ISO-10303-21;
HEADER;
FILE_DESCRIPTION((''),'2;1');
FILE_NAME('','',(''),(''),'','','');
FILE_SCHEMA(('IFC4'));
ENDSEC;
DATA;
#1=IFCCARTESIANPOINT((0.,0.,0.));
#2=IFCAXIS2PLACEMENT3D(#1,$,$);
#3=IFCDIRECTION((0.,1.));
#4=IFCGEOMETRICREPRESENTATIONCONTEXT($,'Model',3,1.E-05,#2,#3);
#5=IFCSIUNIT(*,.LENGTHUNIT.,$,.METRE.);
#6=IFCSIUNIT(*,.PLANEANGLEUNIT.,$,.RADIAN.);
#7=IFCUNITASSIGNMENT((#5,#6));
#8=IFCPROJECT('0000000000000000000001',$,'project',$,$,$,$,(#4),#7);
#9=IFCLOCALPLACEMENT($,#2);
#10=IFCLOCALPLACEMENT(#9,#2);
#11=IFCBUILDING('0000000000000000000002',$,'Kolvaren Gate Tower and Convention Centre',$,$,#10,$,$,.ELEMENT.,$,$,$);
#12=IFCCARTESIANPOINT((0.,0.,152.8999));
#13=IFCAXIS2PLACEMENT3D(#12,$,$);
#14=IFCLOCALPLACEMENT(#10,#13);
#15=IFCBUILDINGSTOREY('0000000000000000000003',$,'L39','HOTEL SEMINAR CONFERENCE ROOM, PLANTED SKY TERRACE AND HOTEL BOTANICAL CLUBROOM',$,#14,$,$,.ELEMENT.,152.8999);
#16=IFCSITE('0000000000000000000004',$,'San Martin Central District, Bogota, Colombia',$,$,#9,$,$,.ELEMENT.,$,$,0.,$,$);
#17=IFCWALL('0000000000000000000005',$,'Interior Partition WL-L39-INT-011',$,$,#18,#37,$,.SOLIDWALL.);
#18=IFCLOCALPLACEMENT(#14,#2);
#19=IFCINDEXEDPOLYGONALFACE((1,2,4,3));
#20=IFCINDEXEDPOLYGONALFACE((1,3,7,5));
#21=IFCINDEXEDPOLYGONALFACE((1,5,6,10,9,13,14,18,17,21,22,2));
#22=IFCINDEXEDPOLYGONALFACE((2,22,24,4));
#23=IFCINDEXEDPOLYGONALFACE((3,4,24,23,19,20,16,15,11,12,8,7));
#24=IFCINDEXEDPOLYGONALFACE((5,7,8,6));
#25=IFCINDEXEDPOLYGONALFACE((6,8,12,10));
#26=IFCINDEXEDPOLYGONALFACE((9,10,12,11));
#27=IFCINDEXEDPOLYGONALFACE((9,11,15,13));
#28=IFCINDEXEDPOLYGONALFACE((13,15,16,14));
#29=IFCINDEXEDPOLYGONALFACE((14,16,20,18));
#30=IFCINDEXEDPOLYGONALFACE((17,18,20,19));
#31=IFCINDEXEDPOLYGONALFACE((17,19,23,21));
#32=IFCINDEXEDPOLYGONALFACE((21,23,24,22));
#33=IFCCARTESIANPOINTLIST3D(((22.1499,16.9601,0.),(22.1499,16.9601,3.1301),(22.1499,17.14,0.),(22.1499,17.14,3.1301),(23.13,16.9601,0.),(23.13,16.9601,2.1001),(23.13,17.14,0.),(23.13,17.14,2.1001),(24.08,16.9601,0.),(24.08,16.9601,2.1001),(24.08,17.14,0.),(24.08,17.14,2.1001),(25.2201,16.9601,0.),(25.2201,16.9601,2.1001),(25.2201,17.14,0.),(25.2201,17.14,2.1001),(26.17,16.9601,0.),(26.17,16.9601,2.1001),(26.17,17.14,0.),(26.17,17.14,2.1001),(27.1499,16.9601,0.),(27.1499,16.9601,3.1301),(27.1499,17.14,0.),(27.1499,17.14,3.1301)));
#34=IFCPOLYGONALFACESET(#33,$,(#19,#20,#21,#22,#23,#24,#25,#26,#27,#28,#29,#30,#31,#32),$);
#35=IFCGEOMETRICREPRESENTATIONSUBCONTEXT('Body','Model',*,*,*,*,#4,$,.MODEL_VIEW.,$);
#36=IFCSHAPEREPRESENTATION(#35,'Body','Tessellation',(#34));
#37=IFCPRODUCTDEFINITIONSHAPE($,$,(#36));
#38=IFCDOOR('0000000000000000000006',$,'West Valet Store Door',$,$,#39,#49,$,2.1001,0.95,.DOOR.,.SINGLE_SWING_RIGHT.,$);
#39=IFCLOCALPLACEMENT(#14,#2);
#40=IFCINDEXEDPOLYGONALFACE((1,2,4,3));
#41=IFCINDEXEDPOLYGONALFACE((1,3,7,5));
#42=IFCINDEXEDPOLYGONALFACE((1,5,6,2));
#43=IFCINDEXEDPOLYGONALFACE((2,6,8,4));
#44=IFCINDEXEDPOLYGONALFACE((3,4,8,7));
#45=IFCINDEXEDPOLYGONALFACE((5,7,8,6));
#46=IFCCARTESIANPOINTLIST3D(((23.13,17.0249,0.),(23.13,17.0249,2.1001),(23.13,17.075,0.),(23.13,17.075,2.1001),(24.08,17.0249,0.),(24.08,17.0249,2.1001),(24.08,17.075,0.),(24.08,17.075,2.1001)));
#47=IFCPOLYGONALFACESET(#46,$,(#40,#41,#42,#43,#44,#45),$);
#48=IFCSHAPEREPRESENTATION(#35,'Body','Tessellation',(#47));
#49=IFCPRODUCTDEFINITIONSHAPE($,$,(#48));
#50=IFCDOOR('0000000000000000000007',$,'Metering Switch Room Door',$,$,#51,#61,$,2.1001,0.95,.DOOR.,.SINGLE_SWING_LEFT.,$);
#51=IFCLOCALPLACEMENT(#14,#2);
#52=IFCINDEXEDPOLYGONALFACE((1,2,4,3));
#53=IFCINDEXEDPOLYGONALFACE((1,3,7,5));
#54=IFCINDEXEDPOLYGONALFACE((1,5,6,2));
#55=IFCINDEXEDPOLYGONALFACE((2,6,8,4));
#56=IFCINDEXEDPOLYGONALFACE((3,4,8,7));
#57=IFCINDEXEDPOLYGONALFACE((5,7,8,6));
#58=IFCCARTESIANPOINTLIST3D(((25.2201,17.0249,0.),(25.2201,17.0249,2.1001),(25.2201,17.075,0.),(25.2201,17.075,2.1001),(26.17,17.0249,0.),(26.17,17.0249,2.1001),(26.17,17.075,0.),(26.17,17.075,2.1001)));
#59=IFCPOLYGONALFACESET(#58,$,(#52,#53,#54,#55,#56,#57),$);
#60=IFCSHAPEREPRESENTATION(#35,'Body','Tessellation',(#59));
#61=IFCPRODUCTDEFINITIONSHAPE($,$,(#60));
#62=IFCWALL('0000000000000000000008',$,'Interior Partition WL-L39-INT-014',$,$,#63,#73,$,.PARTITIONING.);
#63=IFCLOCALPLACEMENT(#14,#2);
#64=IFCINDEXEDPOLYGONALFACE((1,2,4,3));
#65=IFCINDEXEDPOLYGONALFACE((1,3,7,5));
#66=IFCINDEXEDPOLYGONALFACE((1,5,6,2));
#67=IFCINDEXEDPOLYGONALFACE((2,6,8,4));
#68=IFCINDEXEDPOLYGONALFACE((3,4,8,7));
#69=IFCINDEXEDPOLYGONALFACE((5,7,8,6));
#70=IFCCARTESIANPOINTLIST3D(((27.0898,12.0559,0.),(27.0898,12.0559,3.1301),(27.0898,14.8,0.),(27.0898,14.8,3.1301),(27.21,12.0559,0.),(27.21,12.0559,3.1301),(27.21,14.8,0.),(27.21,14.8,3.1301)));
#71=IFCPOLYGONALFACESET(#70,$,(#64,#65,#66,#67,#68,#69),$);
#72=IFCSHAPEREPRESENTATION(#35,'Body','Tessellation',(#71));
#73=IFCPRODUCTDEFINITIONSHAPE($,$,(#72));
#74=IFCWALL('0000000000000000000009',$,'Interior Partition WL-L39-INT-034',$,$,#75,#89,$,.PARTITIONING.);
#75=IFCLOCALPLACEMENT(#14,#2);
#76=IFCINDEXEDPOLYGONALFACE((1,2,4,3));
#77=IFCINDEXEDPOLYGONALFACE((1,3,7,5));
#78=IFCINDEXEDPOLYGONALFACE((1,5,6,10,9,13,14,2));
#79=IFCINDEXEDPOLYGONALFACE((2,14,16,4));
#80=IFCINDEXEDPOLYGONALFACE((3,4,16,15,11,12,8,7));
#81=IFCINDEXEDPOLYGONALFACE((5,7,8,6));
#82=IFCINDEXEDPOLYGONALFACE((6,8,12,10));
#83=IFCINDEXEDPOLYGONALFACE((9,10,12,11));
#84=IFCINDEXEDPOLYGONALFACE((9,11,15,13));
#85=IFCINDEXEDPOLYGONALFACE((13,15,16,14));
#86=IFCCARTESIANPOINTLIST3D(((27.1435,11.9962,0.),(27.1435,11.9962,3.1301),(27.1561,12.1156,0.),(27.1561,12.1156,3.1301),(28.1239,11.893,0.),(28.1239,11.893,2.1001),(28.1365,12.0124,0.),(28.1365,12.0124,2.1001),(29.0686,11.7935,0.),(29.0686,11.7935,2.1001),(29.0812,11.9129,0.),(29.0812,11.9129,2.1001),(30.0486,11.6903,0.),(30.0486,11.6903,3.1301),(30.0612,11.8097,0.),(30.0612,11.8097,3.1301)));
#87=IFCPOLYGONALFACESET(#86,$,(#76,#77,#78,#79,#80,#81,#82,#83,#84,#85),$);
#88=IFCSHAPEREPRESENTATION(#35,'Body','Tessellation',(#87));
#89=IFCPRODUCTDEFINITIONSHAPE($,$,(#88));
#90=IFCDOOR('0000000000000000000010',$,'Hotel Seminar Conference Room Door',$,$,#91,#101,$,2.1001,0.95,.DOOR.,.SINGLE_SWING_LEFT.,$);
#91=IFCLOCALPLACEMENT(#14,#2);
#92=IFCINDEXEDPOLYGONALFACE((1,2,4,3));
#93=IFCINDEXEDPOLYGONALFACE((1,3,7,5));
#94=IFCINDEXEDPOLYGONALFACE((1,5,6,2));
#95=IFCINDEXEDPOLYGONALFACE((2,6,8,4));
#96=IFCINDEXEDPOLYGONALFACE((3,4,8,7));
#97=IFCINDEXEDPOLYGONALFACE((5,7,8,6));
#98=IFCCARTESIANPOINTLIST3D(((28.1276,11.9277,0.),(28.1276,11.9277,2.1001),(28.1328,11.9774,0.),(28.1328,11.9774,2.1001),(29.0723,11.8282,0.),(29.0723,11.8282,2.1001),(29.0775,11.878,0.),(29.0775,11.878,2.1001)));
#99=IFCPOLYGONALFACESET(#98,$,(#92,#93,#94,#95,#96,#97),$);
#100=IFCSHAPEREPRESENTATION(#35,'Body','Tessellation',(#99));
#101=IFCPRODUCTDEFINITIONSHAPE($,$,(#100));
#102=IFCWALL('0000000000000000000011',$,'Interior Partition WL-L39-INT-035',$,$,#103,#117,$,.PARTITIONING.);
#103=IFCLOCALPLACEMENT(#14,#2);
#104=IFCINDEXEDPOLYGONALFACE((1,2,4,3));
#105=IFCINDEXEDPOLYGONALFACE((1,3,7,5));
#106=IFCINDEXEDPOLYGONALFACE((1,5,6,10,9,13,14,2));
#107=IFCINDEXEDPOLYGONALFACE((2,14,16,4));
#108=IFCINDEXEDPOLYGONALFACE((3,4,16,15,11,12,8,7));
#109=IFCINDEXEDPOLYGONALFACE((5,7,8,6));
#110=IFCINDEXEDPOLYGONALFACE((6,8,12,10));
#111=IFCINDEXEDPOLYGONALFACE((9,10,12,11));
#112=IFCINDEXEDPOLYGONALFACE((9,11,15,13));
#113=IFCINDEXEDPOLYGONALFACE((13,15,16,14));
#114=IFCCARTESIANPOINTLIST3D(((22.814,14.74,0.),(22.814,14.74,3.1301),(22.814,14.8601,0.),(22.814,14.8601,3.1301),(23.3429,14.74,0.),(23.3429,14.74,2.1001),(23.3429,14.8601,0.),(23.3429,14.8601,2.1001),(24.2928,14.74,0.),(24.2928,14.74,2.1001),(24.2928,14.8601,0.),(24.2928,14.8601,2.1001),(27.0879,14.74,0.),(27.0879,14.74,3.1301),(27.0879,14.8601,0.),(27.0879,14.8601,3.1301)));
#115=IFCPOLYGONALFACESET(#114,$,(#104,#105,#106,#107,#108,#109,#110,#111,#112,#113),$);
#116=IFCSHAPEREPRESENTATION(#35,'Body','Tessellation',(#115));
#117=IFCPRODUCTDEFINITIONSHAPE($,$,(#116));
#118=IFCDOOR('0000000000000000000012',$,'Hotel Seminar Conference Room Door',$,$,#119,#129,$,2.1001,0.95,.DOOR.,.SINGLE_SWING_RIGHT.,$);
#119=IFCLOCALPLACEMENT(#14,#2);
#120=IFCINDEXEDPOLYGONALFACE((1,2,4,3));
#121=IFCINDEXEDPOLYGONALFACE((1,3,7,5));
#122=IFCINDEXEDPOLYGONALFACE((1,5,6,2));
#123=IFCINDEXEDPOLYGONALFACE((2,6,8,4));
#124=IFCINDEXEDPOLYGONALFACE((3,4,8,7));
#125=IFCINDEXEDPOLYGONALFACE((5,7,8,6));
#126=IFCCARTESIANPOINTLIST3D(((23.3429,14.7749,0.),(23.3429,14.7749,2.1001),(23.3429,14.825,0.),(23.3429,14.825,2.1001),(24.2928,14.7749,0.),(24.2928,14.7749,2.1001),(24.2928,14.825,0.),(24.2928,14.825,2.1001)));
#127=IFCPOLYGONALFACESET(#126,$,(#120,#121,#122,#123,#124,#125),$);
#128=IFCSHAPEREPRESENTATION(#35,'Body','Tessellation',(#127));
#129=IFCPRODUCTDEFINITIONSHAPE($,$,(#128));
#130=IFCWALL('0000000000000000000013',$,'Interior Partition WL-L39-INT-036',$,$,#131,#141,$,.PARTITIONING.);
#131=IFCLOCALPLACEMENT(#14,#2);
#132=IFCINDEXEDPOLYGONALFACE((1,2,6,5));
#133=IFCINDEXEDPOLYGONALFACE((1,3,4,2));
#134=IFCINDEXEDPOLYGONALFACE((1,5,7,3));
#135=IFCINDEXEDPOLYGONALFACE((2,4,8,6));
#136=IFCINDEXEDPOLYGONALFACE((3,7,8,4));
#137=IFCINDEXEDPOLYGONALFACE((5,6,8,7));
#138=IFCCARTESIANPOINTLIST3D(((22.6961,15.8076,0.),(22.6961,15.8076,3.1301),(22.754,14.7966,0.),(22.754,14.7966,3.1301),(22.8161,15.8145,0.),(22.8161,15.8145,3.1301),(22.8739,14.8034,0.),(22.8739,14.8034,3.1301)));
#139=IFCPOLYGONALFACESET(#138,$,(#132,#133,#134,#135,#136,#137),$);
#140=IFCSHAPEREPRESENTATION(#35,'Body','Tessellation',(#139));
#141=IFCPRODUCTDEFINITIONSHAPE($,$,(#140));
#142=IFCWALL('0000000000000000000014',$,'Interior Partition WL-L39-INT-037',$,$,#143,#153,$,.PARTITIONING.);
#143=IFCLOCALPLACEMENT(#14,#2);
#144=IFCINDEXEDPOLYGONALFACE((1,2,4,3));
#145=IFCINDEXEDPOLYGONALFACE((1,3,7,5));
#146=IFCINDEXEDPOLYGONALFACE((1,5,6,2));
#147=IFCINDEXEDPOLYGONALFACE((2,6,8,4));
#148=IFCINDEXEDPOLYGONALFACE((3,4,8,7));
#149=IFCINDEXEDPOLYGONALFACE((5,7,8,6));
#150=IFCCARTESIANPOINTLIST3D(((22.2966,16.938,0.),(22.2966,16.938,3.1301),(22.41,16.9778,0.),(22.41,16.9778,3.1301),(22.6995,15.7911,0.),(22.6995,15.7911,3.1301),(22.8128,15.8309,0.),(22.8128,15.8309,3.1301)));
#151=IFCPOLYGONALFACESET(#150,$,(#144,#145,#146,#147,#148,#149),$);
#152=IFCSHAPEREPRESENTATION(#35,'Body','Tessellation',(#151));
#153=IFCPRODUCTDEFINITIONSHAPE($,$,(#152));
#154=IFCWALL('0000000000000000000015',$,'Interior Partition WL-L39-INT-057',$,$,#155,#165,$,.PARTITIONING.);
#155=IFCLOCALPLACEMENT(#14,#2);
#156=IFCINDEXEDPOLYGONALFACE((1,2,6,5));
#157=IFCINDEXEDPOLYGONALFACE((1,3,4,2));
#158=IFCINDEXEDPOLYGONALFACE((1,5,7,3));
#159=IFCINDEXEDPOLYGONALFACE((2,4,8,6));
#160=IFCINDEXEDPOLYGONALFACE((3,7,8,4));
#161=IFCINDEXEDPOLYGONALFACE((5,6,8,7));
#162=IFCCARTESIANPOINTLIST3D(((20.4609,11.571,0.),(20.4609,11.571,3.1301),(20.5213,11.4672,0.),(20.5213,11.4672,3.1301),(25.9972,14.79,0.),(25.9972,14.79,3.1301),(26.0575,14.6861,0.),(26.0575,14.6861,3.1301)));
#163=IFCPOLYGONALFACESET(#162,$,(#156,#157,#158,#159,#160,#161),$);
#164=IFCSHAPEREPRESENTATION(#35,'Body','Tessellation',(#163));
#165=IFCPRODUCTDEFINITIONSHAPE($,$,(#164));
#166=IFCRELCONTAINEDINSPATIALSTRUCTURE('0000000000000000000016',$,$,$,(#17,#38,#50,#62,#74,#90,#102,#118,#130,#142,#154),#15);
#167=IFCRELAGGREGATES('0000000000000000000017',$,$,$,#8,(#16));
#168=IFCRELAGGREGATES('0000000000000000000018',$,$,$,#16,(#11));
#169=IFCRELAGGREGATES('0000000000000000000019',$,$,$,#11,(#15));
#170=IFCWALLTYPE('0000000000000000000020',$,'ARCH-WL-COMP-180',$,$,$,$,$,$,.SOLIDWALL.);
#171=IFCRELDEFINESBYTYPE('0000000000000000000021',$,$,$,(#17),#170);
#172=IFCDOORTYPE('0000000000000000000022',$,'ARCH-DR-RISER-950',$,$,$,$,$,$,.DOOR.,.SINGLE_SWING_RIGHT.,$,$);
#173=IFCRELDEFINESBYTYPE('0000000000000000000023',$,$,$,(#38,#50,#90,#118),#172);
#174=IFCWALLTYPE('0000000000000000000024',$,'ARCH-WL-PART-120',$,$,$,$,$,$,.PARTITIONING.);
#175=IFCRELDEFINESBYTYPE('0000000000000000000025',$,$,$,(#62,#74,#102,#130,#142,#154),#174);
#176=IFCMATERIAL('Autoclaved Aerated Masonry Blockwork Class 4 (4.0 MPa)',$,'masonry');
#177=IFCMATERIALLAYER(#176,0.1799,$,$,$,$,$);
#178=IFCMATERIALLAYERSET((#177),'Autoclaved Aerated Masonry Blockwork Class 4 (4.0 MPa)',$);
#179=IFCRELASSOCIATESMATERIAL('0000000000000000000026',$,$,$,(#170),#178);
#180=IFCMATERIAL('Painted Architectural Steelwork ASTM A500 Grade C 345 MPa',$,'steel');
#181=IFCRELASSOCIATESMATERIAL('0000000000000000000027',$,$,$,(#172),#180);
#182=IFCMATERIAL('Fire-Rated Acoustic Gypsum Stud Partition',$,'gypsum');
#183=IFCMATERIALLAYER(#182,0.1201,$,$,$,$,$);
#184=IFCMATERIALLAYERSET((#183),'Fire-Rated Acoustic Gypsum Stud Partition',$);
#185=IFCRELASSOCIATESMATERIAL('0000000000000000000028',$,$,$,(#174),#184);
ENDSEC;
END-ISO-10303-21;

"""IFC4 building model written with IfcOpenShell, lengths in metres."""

from ifc_helpers import new_model, si_unit, direction, frame, frame_2d, origin, place, context, subcontext, project, spatial, rectangle, extrude, material, layer, layer_set, type_object, element, fill, save


model = new_model("IFC4")

# Units and contexts
model_context = context("Model", 3, precision=1e-05, world=origin(), true_north=direction((0.0, 1.0)))
body_context = subcontext(model_context, "Body", "Model", "MODEL_VIEW")
ifc_project = project(units=[si_unit("LENGTHUNIT", "METRE"), si_unit("PLANEANGLEUNIT", "RADIAN")], contexts=[model_context])

# Site, building, storey
site_placement = place(None, origin())
site = spatial("IfcSite", under=ifc_project, at=site_placement, Name="San Martin Central District, Bogota, Colombia", CompositionType="ELEMENT", RefElevation=0.0)
building_placement = place(site_placement, origin())
building = spatial("IfcBuilding", under=site, at=building_placement, Name="Kolvaren Gate Tower and Convention Centre", CompositionType="ELEMENT")
storey_placement = place(building_placement, frame((0.0, 0.0, 152.8999)))
storey = spatial("IfcBuildingStorey", under=building, at=storey_placement, Name="L39", Description="HOTEL SEMINAR CONFERENCE ROOM, PLANTED SKY TERRACE AND HOTEL BOTANICAL CLUBROOM", CompositionType="ELEMENT", Elevation=152.8999)

# Wall, openings, doors
ifc_material_1 = material(Name="Autoclaved Aerated Masonry Blockwork Class 4 (4.0 MPa)", Category="masonry")
ifc_layer_1 = layer(ifc_material_1, 0.1799)
ifc_layer_set_1 = layer_set([ifc_layer_1], Name="Autoclaved Aerated Masonry Blockwork Class 4 (4.0 MPa)")
wall_type_1 = type_object("IfcWallType", Name="ARCH-WL-COMP-180", PredefinedType="SOLIDWALL", material=ifc_layer_set_1)
wall_1_placement = place(storey_placement, frame((22.1499, 17.05, 0.0), z_axis=(0.0, 0.0, 1.0), x_axis=(1.0, 0.0, 0.0)))
wall_1 = element("IfcWall", 1, at=wall_1_placement, inside=storey, type_object=wall_type_1, Name="Interior Partition WL-L39-INT-011", PredefinedType="SOLIDWALL", context=body_context, shape_type="SweptSolid", body=[
    extrude(rectangle(XDim=5.0, YDim=0.1799, at=frame_2d((2.5, 0.0))), origin(), (0.0, 0.0, 1.0), 3.1301),
])
opening_1_placement = place(wall_1_placement, frame((0.98, 0.0, 0.0)))
opening_1 = element("IfcOpeningElement", 2, at=opening_1_placement, cuts=wall_1, PredefinedType="OPENING", context=body_context, shape_type="SweptSolid", body=[
    extrude(rectangle(XDim=0.95, YDim=2.1001, at=frame_2d((0.4751, 1.05))), frame((0.0, 0.0999, 0.0), z_axis=(0.0, -1.0, 0.0), x_axis=(1.0, 0.0, 0.0)), (0.0, 0.0, 1.0), 0.2),
])
opening_2_placement = place(wall_1_placement, frame((3.0701, 0.0, 0.0)))
opening_2 = element("IfcOpeningElement", 3, at=opening_2_placement, cuts=wall_1, PredefinedType="OPENING", context=body_context, shape_type="SweptSolid", body=[
    extrude(rectangle(XDim=0.95, YDim=2.1001, at=frame_2d((0.4751, 1.05))), frame((0.0, 0.0999, 0.0), z_axis=(0.0, -1.0, 0.0), x_axis=(1.0, 0.0, 0.0)), (0.0, 0.0, 1.0), 0.2),
])
ifc_material_2 = material(Name="Painted Architectural Steelwork ASTM A500 Grade C 345 MPa", Category="steel")
door_type = type_object("IfcDoorType", Name="ARCH-DR-RISER-950", OperationType="SINGLE_SWING_RIGHT", PredefinedType="DOOR", material=ifc_material_2)
door_1_placement = place(opening_1_placement, origin())
door_1 = element("IfcDoor", 4, at=door_1_placement, inside=storey, type_object=door_type, Name="West Valet Store Door", OperationType="SINGLE_SWING_RIGHT", OverallHeight=2.1001, OverallWidth=0.95, PredefinedType="DOOR", context=body_context, shape_type="SweptSolid", body=[
    extrude(rectangle(XDim=0.95, YDim=2.1001, at=frame_2d((0.4751, 1.05))), frame((0.0, 0.0249, 0.0), z_axis=(0.0, -1.0, 0.0), x_axis=(1.0, 0.0, 0.0)), (0.0, 0.0, 1.0), 0.05),
])
fill(opening_1, door_1)
door_2_placement = place(opening_2_placement, origin())
door_2 = element("IfcDoor", 5, at=door_2_placement, inside=storey, type_object=door_type, Name="Metering Switch Room Door", OperationType="SINGLE_SWING_LEFT", OverallHeight=2.1001, OverallWidth=0.95, PredefinedType="DOOR", context=body_context, shape_type="SweptSolid", body=[
    extrude(rectangle(XDim=0.95, YDim=2.1001, at=frame_2d((0.4751, 1.05))), frame((0.0, 0.0249, 0.0), z_axis=(0.0, -1.0, 0.0), x_axis=(1.0, 0.0, 0.0)), (0.0, 0.0, 1.0), 0.05),
])
fill(opening_2, door_2)

# Wall
ifc_material_3 = material(Name="Fire-Rated Acoustic Gypsum Stud Partition", Category="gypsum")
ifc_layer_2 = layer(ifc_material_3, 0.1201)
ifc_layer_set_2 = layer_set([ifc_layer_2], Name="Fire-Rated Acoustic Gypsum Stud Partition")
wall_type_2 = type_object("IfcWallType", Name="ARCH-WL-PART-120", PredefinedType="PARTITIONING", material=ifc_layer_set_2)
wall_2_placement = place(storey_placement, frame((27.1499, 12.0559, 0.0), z_axis=(0.0, 0.0, 1.0), x_axis=(0.0, 1.0, 0.0)))
element("IfcWall", 6, at=wall_2_placement, inside=storey, type_object=wall_type_2, Name="Interior Partition WL-L39-INT-014", PredefinedType="PARTITIONING", context=body_context, shape_type="SweptSolid", body=[
    extrude(rectangle(XDim=2.7441, YDim=0.1201, at=frame_2d((1.3721, 0.0))), origin(), (0.0, 0.0, 1.0), 3.1301),
])

# Walls, openings, doors
wall_3_placement = place(storey_placement, frame((27.1499, 12.0559, 0.0), z_axis=(0.0, 0.0, 1.0), x_axis=(0.994501, -0.104724, 0.0)))
wall_3 = element("IfcWall", 7, at=wall_3_placement, inside=storey, type_object=wall_type_2, Name="Interior Partition WL-L39-INT-034", PredefinedType="PARTITIONING", context=body_context, shape_type="SweptSolid", body=[
    extrude(rectangle(XDim=2.9211, YDim=0.1201, at=frame_2d((1.4604, 0.0))), origin(), (0.0, 0.0, 1.0), 3.1301),
])
opening_3_placement = place(wall_3_placement, frame((0.9856, 0.0, 0.0)))
opening_3 = element("IfcOpeningElement", 8, at=opening_3_placement, cuts=wall_3, PredefinedType="OPENING", context=body_context, shape_type="SweptSolid", body=[
    extrude(rectangle(XDim=0.95, YDim=2.1001, at=frame_2d((0.4751, 1.05))), frame((0.0, 0.0701, 0.0), z_axis=(0.0, -1.0, 0.0), x_axis=(1.0, 0.0, 0.0)), (0.0, 0.0, 1.0), 0.1401),
])
door_3_placement = place(opening_3_placement, origin())
door_3 = element("IfcDoor", 9, at=door_3_placement, inside=storey, type_object=door_type, Name="Hotel Seminar Conference Room Door", OperationType="SINGLE_SWING_LEFT", OverallHeight=2.1001, OverallWidth=0.95, PredefinedType="DOOR", context=body_context, shape_type="SweptSolid", body=[
    extrude(rectangle(XDim=0.95, YDim=2.1001, at=frame_2d((0.4751, 1.05))), frame((0.0, 0.0249, 0.0), z_axis=(0.0, -1.0, 0.0), x_axis=(1.0, 0.0, 0.0)), (0.0, 0.0, 1.0), 0.05),
])
fill(opening_3, door_3)
wall_4_placement = place(storey_placement, frame((22.814, 14.8, 0.0), z_axis=(0.0, 0.0, 1.0), x_axis=(1.0, 0.0, 0.0)))
wall_4 = element("IfcWall", 10, at=wall_4_placement, inside=storey, type_object=wall_type_2, Name="Interior Partition WL-L39-INT-035", PredefinedType="PARTITIONING", context=body_context, shape_type="SweptSolid", body=[
    extrude(rectangle(XDim=4.2739, YDim=0.1201, at=frame_2d((2.137, 0.0))), origin(), (0.0, 0.0, 1.0), 3.1301),
])
opening_4_placement = place(wall_4_placement, frame((0.5288, 0.0, 0.0)))
opening_4 = element("IfcOpeningElement", 11, at=opening_4_placement, cuts=wall_4, PredefinedType="OPENING", context=body_context, shape_type="SweptSolid", body=[
    extrude(rectangle(XDim=0.95, YDim=2.1001, at=frame_2d((0.4751, 1.05))), frame((0.0, 0.0701, 0.0), z_axis=(0.0, -1.0, 0.0), x_axis=(1.0, 0.0, 0.0)), (0.0, 0.0, 1.0), 0.1401),
])
door_4_placement = place(opening_4_placement, origin())
door_4 = element("IfcDoor", 12, at=door_4_placement, inside=storey, type_object=door_type, Name="Hotel Seminar Conference Room Door", OperationType="SINGLE_SWING_RIGHT", OverallHeight=2.1001, OverallWidth=0.95, PredefinedType="DOOR", context=body_context, shape_type="SweptSolid", body=[
    extrude(rectangle(XDim=0.95, YDim=2.1001, at=frame_2d((0.4751, 1.05))), frame((0.0, 0.0249, 0.0), z_axis=(0.0, -1.0, 0.0), x_axis=(1.0, 0.0, 0.0)), (0.0, 0.0, 1.0), 0.05),
])
fill(opening_4, door_4)

# Walls
wall_5_placement = place(storey_placement, frame((22.7561, 15.811, 0.0), z_axis=(0.0, 0.0, 1.0), x_axis=(0.057139, -0.998366, 0.0)))
element("IfcWall", 13, at=wall_5_placement, inside=storey, type_object=wall_type_2, Name="Interior Partition WL-L39-INT-036", PredefinedType="PARTITIONING", context=body_context, shape_type="SweptSolid", body=[
    extrude(rectangle(XDim=1.0127, YDim=0.1201, at=frame_2d((0.5063, 0.0))), origin(), (0.0, 0.0, 1.0), 3.1301),
])
wall_6_placement = place(storey_placement, frame((22.3533, 16.958, 0.0), z_axis=(0.0, 0.0, 1.0), x_axis=(0.33137, -0.943501, 0.0)))
element("IfcWall", 14, at=wall_6_placement, inside=storey, type_object=wall_type_2, Name="Interior Partition WL-L39-INT-037", PredefinedType="PARTITIONING", context=body_context, shape_type="SweptSolid", body=[
    extrude(rectangle(XDim=1.2156, YDim=0.1201, at=frame_2d((0.6079, 0.0))), origin(), (0.0, 0.0, 1.0), 3.1301),
])
wall_7_placement = place(storey_placement, frame((20.491, 11.519, 0.0), z_axis=(0.0, 0.0, 1.0), x_axis=(0.864496, 0.50264, 0.0)))
element("IfcWall", 15, at=wall_7_placement, inside=storey, type_object=wall_type_2, Name="Interior Partition WL-L39-INT-057", PredefinedType="PARTITIONING", context=body_context, shape_type="SweptSolid", body=[
    extrude(rectangle(XDim=6.4041, YDim=0.1201, at=frame_2d((3.2021, 0.0))), origin(), (0.0, 0.0, 1.0), 3.1301),
])

save(model, "model.ifc")
